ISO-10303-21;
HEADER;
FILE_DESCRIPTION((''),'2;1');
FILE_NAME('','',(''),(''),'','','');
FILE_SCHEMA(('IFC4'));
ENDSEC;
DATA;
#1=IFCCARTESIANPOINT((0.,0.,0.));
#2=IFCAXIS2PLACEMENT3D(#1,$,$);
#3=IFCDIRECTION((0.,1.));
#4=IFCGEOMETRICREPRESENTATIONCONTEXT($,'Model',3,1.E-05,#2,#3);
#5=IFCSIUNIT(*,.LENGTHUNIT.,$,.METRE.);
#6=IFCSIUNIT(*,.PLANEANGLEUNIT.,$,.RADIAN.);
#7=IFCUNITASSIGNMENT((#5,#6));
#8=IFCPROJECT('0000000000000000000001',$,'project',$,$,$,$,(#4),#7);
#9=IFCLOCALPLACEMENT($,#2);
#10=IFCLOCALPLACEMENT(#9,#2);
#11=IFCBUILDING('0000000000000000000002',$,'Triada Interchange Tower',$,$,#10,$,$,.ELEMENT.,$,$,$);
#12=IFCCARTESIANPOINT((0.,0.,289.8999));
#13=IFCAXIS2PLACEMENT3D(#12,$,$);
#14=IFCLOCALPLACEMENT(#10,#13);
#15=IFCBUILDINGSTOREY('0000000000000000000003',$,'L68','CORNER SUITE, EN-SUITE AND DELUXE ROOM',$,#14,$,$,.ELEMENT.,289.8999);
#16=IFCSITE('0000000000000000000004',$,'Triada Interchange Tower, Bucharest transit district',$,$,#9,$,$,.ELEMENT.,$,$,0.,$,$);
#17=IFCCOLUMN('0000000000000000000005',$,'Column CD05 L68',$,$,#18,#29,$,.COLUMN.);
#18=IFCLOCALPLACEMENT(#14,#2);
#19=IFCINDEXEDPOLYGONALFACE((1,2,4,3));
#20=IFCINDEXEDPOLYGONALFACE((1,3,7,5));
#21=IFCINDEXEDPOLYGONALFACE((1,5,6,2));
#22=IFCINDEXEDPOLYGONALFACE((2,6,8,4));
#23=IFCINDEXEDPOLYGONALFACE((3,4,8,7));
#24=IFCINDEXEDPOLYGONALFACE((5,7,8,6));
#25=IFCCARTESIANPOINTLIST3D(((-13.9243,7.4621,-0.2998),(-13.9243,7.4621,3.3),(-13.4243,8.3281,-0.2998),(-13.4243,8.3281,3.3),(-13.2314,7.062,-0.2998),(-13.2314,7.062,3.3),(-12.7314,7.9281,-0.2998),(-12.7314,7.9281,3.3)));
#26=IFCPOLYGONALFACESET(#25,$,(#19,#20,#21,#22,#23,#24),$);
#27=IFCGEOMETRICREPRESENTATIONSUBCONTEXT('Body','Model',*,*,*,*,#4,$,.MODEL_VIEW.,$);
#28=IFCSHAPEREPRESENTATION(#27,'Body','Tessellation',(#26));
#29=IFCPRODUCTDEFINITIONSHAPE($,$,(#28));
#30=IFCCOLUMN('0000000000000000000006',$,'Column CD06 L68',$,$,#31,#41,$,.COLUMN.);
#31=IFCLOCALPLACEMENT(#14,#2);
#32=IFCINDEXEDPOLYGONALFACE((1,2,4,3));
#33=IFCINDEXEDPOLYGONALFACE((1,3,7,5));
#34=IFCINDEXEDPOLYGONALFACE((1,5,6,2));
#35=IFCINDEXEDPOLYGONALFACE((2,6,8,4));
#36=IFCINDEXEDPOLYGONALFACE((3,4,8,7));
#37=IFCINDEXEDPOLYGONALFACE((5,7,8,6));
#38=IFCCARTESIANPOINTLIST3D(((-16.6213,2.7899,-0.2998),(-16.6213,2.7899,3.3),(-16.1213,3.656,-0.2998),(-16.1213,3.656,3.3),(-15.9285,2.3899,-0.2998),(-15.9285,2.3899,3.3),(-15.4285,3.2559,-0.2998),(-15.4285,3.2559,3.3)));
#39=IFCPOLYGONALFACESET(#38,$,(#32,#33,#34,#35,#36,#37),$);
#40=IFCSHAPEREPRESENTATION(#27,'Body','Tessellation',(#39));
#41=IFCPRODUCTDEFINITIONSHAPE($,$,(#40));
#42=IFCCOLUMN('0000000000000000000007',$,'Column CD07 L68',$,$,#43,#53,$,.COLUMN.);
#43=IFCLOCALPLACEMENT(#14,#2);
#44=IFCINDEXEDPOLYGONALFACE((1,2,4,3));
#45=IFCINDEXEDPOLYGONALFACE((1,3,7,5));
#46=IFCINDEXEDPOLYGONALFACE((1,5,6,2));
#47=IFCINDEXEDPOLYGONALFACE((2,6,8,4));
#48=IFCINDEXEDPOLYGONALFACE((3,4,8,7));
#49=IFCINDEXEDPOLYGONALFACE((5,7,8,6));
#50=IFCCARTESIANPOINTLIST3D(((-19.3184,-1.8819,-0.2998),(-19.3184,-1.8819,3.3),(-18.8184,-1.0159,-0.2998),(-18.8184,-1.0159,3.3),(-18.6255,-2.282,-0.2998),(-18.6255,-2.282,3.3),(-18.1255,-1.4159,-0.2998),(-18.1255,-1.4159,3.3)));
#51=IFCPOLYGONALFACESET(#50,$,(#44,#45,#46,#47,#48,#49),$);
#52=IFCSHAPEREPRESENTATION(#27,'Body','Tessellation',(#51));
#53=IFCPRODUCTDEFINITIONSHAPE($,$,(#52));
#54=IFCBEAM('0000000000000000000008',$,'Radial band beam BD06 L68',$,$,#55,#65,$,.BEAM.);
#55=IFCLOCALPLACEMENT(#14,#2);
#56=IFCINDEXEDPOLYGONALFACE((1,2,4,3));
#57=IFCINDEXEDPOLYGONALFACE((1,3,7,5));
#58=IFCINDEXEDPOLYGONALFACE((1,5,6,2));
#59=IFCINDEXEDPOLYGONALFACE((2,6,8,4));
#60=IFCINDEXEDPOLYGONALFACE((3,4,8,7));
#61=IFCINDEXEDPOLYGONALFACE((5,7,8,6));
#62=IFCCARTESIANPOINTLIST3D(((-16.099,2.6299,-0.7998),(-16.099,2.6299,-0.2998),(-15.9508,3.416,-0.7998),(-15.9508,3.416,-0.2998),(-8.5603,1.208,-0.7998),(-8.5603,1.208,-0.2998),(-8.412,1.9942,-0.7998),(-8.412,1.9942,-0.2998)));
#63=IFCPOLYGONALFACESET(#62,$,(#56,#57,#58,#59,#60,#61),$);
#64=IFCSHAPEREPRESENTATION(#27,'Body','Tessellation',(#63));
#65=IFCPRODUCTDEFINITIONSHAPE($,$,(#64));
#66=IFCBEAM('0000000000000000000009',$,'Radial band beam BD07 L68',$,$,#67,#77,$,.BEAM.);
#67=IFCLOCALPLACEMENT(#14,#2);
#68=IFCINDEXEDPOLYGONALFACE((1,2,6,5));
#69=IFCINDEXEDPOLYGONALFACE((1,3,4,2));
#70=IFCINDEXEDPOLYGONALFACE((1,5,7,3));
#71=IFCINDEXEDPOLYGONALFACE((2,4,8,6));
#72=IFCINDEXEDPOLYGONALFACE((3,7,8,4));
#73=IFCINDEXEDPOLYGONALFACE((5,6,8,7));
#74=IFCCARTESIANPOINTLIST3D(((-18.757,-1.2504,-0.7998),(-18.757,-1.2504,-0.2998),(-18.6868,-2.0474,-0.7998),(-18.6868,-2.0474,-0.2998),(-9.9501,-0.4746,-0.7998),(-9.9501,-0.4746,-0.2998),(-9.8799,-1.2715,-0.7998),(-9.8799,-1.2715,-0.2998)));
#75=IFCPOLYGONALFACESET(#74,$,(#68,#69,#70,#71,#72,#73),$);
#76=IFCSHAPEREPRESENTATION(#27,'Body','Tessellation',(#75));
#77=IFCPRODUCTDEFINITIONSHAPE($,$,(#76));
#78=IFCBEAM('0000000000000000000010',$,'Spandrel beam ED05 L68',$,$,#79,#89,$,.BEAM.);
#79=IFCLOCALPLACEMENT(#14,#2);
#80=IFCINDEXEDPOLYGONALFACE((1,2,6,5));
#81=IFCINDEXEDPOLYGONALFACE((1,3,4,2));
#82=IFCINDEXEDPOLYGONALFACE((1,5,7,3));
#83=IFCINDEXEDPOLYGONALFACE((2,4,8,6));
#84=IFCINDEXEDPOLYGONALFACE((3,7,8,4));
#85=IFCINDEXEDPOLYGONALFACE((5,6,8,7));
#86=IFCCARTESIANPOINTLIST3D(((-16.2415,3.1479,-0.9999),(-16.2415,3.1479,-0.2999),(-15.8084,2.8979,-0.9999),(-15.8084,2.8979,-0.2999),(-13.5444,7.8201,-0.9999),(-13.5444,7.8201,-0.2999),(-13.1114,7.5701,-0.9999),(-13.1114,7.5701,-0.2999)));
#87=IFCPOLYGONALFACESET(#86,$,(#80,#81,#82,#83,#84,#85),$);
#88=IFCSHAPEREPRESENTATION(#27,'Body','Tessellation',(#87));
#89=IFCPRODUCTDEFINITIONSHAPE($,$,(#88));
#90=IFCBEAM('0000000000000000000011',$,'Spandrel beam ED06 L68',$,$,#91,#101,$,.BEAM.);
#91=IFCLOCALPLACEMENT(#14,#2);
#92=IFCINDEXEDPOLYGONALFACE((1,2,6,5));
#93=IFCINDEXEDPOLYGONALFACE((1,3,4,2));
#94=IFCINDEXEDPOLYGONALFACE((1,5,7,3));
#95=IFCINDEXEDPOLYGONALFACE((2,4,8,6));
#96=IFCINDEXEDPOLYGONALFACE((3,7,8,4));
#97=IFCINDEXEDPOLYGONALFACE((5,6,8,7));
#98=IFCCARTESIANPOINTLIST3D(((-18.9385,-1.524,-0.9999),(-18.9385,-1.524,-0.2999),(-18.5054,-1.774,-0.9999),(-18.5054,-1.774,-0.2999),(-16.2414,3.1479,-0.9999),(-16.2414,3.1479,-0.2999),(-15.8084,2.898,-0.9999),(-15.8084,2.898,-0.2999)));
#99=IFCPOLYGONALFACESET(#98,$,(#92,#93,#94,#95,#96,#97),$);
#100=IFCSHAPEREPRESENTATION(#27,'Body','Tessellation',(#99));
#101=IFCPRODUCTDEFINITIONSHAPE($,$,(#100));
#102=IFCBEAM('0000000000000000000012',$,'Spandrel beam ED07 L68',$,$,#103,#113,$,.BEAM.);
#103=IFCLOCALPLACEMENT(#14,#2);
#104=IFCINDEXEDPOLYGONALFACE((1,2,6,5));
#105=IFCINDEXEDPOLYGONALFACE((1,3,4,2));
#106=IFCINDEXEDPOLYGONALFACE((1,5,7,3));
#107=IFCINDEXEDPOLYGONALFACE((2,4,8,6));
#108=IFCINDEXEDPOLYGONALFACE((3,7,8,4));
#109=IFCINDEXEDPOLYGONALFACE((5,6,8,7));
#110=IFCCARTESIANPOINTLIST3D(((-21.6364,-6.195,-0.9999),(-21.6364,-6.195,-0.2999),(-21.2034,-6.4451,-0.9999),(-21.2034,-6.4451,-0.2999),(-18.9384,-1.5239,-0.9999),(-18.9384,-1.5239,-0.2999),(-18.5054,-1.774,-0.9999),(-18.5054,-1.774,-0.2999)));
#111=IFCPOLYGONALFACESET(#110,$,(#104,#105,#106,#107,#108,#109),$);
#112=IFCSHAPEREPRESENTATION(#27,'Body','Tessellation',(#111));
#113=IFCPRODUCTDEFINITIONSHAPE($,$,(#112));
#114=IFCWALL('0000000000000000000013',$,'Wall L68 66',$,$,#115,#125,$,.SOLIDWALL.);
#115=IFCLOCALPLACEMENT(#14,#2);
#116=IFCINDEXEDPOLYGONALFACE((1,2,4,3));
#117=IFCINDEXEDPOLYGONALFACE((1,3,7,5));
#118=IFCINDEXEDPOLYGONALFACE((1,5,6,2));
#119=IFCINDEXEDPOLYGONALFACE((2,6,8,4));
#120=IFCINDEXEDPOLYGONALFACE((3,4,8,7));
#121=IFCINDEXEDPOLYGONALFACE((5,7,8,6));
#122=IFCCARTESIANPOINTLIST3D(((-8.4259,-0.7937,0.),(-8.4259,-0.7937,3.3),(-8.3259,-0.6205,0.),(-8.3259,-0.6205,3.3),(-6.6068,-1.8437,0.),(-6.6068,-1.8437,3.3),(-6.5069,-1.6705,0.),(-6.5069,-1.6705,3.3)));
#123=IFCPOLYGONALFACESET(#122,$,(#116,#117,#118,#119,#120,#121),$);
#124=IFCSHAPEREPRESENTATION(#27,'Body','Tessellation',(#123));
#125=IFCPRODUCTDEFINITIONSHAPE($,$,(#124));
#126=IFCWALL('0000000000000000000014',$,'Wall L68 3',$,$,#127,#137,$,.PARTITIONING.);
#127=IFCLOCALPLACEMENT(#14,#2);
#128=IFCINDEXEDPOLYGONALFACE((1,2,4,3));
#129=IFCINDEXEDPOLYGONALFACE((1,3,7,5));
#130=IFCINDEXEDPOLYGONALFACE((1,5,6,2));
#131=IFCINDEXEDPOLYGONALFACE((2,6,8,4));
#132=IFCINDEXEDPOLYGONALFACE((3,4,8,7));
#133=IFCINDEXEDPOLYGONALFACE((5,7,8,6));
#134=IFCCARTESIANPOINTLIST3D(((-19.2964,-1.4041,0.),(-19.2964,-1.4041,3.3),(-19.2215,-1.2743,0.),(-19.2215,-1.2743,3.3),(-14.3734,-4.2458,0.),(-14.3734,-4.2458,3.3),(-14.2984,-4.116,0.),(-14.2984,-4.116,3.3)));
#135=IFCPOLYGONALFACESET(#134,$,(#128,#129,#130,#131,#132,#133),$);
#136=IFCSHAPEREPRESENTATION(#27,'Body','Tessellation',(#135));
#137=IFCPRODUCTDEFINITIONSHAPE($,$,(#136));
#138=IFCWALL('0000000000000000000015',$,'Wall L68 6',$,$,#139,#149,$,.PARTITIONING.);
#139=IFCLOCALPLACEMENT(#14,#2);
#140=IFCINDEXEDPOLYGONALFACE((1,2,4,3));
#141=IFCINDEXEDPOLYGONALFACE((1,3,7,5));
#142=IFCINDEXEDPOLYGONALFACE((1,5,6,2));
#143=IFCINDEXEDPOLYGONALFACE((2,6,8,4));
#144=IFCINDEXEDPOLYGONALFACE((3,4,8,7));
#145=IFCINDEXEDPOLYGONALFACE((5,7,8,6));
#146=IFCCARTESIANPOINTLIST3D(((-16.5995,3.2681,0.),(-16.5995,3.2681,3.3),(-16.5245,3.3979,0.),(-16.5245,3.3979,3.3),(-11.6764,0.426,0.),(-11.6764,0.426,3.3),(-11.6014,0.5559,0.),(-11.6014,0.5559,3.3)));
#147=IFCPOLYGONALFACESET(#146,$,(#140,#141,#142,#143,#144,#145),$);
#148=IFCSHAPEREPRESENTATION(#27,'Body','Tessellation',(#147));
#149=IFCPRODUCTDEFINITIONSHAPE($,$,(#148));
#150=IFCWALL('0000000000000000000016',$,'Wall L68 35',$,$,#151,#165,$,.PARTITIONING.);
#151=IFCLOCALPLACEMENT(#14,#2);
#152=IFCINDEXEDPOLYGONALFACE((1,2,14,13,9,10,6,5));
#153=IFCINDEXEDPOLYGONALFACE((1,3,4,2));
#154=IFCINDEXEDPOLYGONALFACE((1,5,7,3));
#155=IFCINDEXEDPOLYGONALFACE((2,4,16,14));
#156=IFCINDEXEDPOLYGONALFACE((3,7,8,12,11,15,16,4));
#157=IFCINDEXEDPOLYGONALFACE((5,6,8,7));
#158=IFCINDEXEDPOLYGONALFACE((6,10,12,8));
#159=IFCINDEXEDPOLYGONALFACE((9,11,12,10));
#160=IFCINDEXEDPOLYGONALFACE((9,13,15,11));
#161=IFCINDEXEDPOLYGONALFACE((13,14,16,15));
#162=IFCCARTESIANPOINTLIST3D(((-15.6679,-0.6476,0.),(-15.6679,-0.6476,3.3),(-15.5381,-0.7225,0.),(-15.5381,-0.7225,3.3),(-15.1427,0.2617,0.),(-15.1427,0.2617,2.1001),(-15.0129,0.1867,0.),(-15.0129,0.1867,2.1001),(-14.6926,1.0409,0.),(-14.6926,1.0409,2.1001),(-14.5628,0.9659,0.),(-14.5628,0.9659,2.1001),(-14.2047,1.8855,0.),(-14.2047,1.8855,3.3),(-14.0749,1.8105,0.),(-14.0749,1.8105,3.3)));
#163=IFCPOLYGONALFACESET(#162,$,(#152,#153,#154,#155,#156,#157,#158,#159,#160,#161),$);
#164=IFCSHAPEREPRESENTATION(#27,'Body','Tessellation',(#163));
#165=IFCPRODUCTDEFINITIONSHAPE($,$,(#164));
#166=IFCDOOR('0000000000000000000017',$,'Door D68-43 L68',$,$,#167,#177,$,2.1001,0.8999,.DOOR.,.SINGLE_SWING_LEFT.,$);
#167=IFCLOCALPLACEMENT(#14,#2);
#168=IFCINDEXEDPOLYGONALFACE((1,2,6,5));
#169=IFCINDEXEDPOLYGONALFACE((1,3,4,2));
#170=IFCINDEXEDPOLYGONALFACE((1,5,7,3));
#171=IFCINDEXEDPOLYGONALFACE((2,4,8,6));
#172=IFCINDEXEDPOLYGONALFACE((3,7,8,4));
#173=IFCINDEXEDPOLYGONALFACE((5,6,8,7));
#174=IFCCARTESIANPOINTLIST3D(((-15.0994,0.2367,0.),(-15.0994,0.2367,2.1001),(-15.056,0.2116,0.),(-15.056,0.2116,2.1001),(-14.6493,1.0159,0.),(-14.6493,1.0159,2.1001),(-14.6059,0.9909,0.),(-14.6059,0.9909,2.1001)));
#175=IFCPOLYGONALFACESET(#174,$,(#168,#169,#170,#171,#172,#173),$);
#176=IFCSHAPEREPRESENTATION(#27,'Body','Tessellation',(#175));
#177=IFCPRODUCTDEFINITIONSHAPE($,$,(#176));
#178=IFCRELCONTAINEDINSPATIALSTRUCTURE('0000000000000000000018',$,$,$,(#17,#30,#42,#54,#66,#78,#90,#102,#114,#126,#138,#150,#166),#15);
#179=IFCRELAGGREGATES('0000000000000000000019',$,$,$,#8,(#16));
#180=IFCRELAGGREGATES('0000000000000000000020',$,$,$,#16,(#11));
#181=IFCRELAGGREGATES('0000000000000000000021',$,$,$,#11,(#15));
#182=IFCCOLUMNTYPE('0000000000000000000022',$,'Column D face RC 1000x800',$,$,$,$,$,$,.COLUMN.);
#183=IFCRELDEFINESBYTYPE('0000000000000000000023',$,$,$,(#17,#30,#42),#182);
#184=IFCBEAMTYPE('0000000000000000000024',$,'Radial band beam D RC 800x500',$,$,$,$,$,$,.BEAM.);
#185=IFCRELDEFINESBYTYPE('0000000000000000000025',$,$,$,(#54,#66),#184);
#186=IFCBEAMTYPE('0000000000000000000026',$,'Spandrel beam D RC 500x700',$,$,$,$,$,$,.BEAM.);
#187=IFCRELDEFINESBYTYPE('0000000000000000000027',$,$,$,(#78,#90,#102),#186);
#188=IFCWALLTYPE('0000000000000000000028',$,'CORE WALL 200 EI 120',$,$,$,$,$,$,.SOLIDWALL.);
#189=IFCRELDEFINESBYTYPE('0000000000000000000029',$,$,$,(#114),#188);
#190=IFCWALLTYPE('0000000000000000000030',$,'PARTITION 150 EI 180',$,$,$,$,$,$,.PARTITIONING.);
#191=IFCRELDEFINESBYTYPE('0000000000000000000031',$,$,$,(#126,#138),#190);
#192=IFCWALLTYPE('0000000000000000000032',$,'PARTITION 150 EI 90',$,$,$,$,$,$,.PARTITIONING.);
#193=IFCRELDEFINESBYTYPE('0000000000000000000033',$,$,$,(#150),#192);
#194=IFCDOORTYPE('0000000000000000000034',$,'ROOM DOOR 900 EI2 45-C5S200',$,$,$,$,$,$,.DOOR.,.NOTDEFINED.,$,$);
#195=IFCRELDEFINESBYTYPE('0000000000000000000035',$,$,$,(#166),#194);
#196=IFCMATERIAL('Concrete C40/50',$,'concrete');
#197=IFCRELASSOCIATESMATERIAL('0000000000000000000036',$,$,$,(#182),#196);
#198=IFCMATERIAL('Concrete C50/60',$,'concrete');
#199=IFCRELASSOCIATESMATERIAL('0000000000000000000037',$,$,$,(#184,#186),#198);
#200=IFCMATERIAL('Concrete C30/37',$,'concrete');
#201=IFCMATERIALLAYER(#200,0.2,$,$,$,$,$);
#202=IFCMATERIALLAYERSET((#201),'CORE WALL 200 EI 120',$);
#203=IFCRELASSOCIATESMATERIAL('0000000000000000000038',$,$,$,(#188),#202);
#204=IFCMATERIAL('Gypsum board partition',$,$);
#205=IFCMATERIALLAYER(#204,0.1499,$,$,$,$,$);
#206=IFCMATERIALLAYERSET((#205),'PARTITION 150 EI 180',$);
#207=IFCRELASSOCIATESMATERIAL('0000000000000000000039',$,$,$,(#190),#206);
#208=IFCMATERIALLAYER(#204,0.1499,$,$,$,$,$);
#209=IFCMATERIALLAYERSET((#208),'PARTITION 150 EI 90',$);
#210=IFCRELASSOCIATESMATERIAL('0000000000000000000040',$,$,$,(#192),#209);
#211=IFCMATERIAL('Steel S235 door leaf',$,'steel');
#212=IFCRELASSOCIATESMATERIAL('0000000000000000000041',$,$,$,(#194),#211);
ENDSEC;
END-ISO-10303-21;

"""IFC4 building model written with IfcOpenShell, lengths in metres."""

from ifc_helpers import new_model, si_unit, direction, frame, frame_2d, origin, origin_2d, place, context, subcontext, project, spatial, rectangle, extrude, material, layer, layer_set, material_profile, profile_set, type_object, element, fill, save


model = new_model("IFC4")

# Units and contexts
model_context = context("Model", 3, precision=1e-05, world=origin(), true_north=direction((0.0, 1.0)))
body_context = subcontext(model_context, "Body", "Model", "MODEL_VIEW")
ifc_project = project(units=[si_unit("LENGTHUNIT", "METRE"), si_unit("PLANEANGLEUNIT", "RADIAN")], contexts=[model_context])

# Site, building, storey
site_placement = place(None, origin())
site = spatial("IfcSite", under=ifc_project, at=site_placement, Name="Triada Interchange Tower, Bucharest transit district", CompositionType="ELEMENT", RefElevation=0.0)
building_placement = place(site_placement, origin())
building = spatial("IfcBuilding", under=site, at=building_placement, Name="Triada Interchange Tower", CompositionType="ELEMENT")
storey_placement = place(building_placement, frame((0.0, 0.0, 289.8999)))
storey = spatial("IfcBuildingStorey", under=building, at=storey_placement, Name="L68", Description="CORNER SUITE, EN-SUITE AND DELUXE ROOM", CompositionType="ELEMENT", Elevation=289.8999)

# Columns
ifc_material_1 = material(Name="Concrete C40/50", Category="concrete")
ifc_material_profile_1 = material_profile(ifc_material_1, rectangle(XDim=1.0, YDim=0.8, at=origin_2d()), Name="RC 1000x800")
ifc_profile_set_1 = profile_set([ifc_material_profile_1], Name="Concrete C40/50")
column_type = type_object("IfcColumnType", Name="Column D face RC 1000x800", PredefinedType="COLUMN", material=ifc_profile_set_1)
for number, where, z_axis, x_axis, name in (
    (1, (-13.3279, 7.6951, -0.2998), (0.0, 0.0, 1.0), (0.5, 0.866025, 0.0), "Column CD05 L68"),
    (2, (-16.0249, 3.0229, -0.2998), (0.0, 0.0, 1.0), (0.5, 0.866025, 0.0), "Column CD06 L68"),
    (3, (-18.7219, -1.6489, -0.2998), (0.0, 0.0, 1.0), (0.5, 0.866025, 0.0), "Column CD07 L68"),
):
    element("IfcColumn", number, at=place(storey_placement, frame(where, z_axis=z_axis, x_axis=x_axis)), inside=storey, type_object=column_type, Name=name, PredefinedType="COLUMN", context=body_context, shape_type="SweptSolid", body=[
        extrude(rectangle(XDim=1.0, YDim=0.8, at=origin_2d()), origin(), (0.0, 0.0, 1.0), 3.5999),
    ])

# Beams
ifc_material_2 = material(Name="Concrete C50/60", Category="concrete")
ifc_material_profile_2 = material_profile(ifc_material_2, rectangle(XDim=0.8, YDim=0.5, at=origin_2d()), Name="RC 800x500")
ifc_profile_set_2 = profile_set([ifc_material_profile_2], Name="Concrete C50/60")
beam_type_1 = type_object("IfcBeamType", Name="Radial band beam D RC 800x500", PredefinedType="BEAM", material=ifc_profile_set_2)
beam_1_placement = place(storey_placement, frame((-16.0249, 3.0229, -0.5498), z_axis=(0.982675, -0.185339, 0.0), x_axis=(0.185339, 0.982675, 0.0)))
element("IfcBeam", 4, at=beam_1_placement, inside=storey, type_object=beam_type_1, Name="Radial band beam BD06 L68", PredefinedType="BEAM", context=body_context, shape_type="SweptSolid", body=[
    extrude(rectangle(XDim=0.8, YDim=0.5, at=origin_2d()), origin(), (0.0, 0.0, 1.0), 7.6716),
])
beam_2_placement = place(storey_placement, frame((-18.7219, -1.6489, -0.5498), z_axis=(0.996142, 0.087759, 0.0), x_axis=(-0.087759, 0.996142, 0.0)))
element("IfcBeam", 5, at=beam_2_placement, inside=storey, type_object=beam_type_1, Name="Radial band beam BD07 L68", PredefinedType="BEAM", context=body_context, shape_type="SweptSolid", body=[
    extrude(rectangle(XDim=0.8, YDim=0.5, at=origin_2d()), origin(), (0.0, 0.0, 1.0), 8.8411),
])
ifc_material_profile_3 = material_profile(ifc_material_2, rectangle(XDim=0.5, YDim=0.7, at=origin_2d()), Name="RC 500x700")
ifc_profile_set_3 = profile_set([ifc_material_profile_3], Name="Concrete C50/60")
beam_type_2 = type_object("IfcBeamType", Name="Spandrel beam D RC 500x700", PredefinedType="BEAM", material=ifc_profile_set_3)
beam_3_placement = place(storey_placement, frame((-13.3279, 7.6951, -0.6499), z_axis=(-0.499941, -0.86606, 0.0), x_axis=(0.86606, -0.499941, 0.0)))
element("IfcBeam", 6, at=beam_3_placement, inside=storey, type_object=beam_type_2, Name="Spandrel beam ED05 L68", PredefinedType="BEAM", context=body_context, shape_type="SweptSolid", body=[
    extrude(rectangle(XDim=0.5, YDim=0.7, at=origin_2d()), origin(), (0.0, 0.0, 1.0), 5.3948),
])
beam_4_placement = place(storey_placement, frame((-16.0249, 3.0229, -0.6499), z_axis=(-0.49996, -0.866048, 0.0), x_axis=(0.866048, -0.49996, 0.0)))
element("IfcBeam", 7, at=beam_4_placement, inside=storey, type_object=beam_type_2, Name="Spandrel beam ED06 L68", PredefinedType="BEAM", context=body_context, shape_type="SweptSolid", body=[
    extrude(rectangle(XDim=0.5, YDim=0.7, at=origin_2d()), origin(), (0.0, 0.0, 1.0), 5.3945),
])
beam_5_placement = place(storey_placement, frame((-18.7219, -1.6489, -0.6499), z_axis=(-0.500155, -0.865936, 0.0), x_axis=(0.865936, -0.500155, 0.0)))
element("IfcBeam", 8, at=beam_5_placement, inside=storey, type_object=beam_type_2, Name="Spandrel beam ED07 L68", PredefinedType="BEAM", context=body_context, shape_type="SweptSolid", body=[
    extrude(rectangle(XDim=0.5, YDim=0.7, at=origin_2d()), origin(), (0.0, 0.0, 1.0), 5.3943),
])

# Walls
ifc_material_3 = material(Name="Concrete C30/37", Category="concrete")
ifc_layer_1 = layer(ifc_material_3, 0.2)
ifc_layer_set_1 = layer_set([ifc_layer_1], Name="CORE WALL 200 EI 120")
wall_type_1 = type_object("IfcWallType", Name="CORE WALL 200 EI 120", PredefinedType="SOLIDWALL", material=ifc_layer_set_1)
wall_1_placement = place(storey_placement, frame((-8.376, -0.707, 0.0), z_axis=(0.0, 0.0, 1.0), x_axis=(0.866068, -0.499927, 0.0)))
element("IfcWall", 9, at=wall_1_placement, inside=storey, type_object=wall_type_1, Name="Wall L68 66", PredefinedType="SOLIDWALL", context=body_context, shape_type="SweptSolid", body=[
    extrude(rectangle(XDim=2.1003, YDim=0.2, at=frame_2d((1.0503, 0.0))), origin(), (0.0, 0.0, 1.0), 3.3),
])
ifc_material_4 = material(Name="Gypsum board partition")
ifc_layer_2 = layer(ifc_material_4, 0.1499)
ifc_layer_set_2 = layer_set([ifc_layer_2], Name="PARTITION 150 EI 180")
wall_type_2 = type_object("IfcWallType", Name="PARTITION 150 EI 180", PredefinedType="PARTITIONING", material=ifc_layer_set_2)
wall_2_placement = place(storey_placement, frame((-19.259, -1.3391, 0.0), z_axis=(0.0, 0.0, 1.0), x_axis=(0.866068, -0.499927, 0.0)))
element("IfcWall", 10, at=wall_2_placement, inside=storey, type_object=wall_type_2, Name="Wall L68 3", PredefinedType="PARTITIONING", context=body_context, shape_type="SweptSolid", body=[
    extrude(rectangle(XDim=5.6843, YDim=0.1499, at=frame_2d((2.8423, 0.0))), origin(), (0.0, 0.0, 1.0), 3.3),
])
wall_3_placement = place(storey_placement, frame((-16.562, 3.333, 0.0), z_axis=(0.0, 0.0, 1.0), x_axis=(0.866049, -0.499959, 0.0)))
element("IfcWall", 11, at=wall_3_placement, inside=storey, type_object=wall_type_2, Name="Wall L68 6", PredefinedType="PARTITIONING", context=body_context, shape_type="SweptSolid", body=[
    extrude(rectangle(XDim=5.6846, YDim=0.1499, at=frame_2d((2.8423, 0.0))), origin(), (0.0, 0.0, 1.0), 3.3),
])

# Wall, opening, door
ifc_layer_3 = layer(ifc_material_4, 0.1499)
ifc_layer_set_3 = layer_set([ifc_layer_3], Name="PARTITION 150 EI 90")
wall_type_3 = type_object("IfcWallType", Name="PARTITION 150 EI 90", PredefinedType="PARTITIONING", material=ifc_layer_set_3)
wall_4_placement = place(storey_placement, frame((-15.603, -0.6851, 0.0), z_axis=(0.0, 0.0, 1.0), x_axis=(0.500187, 0.865917, 0.0)))
wall_4 = element("IfcWall", 12, at=wall_4_placement, inside=storey, type_object=wall_type_3, Name="Wall L68 35", PredefinedType="PARTITIONING", context=body_context, shape_type="SweptSolid", body=[
    extrude(rectangle(XDim=2.9253, YDim=0.1499, at=frame_2d((1.4626, 0.0))), origin(), (0.0, 0.0, 1.0), 3.3),
])
opening_1_placement = place(wall_4_placement, frame((1.05, 0.0, 0.0)))
opening_1 = element("IfcOpeningElement", 13, at=opening_1_placement, cuts=wall_4, PredefinedType="OPENING", context=body_context, shape_type="SweptSolid", body=[
    extrude(rectangle(XDim=0.8999, YDim=2.1001, at=frame_2d((0.45, 1.05))), frame((0.0, 0.085, 0.0), z_axis=(0.0, -1.0, 0.0), x_axis=(1.0, 0.0, 0.0)), (0.0, 0.0, 1.0), 0.1699),
])
ifc_material_5 = material(Name="Steel S235 door leaf", Category="steel")
door_type = type_object("IfcDoorType", Name="ROOM DOOR 900 EI2 45-C5S200", OperationType="NOTDEFINED", PredefinedType="DOOR", material=ifc_material_5)
door_1_placement = place(opening_1_placement, origin())
door_1 = element("IfcDoor", 14, at=door_1_placement, inside=storey, type_object=door_type, Name="Door D68-43 L68", OperationType="SINGLE_SWING_LEFT", OverallHeight=2.1001, OverallWidth=0.8999, PredefinedType="DOOR", context=body_context, shape_type="SweptSolid", body=[
    extrude(rectangle(XDim=0.8999, YDim=2.1001, at=frame_2d((0.45, 1.05))), frame((0.0, 0.0249, 0.0), z_axis=(0.0, -1.0, 0.0), x_axis=(1.0, 0.0, 0.0)), (0.0, 0.0, 1.0), 0.05),
])
fill(opening_1, door_1)

save(model, "model.ifc")
